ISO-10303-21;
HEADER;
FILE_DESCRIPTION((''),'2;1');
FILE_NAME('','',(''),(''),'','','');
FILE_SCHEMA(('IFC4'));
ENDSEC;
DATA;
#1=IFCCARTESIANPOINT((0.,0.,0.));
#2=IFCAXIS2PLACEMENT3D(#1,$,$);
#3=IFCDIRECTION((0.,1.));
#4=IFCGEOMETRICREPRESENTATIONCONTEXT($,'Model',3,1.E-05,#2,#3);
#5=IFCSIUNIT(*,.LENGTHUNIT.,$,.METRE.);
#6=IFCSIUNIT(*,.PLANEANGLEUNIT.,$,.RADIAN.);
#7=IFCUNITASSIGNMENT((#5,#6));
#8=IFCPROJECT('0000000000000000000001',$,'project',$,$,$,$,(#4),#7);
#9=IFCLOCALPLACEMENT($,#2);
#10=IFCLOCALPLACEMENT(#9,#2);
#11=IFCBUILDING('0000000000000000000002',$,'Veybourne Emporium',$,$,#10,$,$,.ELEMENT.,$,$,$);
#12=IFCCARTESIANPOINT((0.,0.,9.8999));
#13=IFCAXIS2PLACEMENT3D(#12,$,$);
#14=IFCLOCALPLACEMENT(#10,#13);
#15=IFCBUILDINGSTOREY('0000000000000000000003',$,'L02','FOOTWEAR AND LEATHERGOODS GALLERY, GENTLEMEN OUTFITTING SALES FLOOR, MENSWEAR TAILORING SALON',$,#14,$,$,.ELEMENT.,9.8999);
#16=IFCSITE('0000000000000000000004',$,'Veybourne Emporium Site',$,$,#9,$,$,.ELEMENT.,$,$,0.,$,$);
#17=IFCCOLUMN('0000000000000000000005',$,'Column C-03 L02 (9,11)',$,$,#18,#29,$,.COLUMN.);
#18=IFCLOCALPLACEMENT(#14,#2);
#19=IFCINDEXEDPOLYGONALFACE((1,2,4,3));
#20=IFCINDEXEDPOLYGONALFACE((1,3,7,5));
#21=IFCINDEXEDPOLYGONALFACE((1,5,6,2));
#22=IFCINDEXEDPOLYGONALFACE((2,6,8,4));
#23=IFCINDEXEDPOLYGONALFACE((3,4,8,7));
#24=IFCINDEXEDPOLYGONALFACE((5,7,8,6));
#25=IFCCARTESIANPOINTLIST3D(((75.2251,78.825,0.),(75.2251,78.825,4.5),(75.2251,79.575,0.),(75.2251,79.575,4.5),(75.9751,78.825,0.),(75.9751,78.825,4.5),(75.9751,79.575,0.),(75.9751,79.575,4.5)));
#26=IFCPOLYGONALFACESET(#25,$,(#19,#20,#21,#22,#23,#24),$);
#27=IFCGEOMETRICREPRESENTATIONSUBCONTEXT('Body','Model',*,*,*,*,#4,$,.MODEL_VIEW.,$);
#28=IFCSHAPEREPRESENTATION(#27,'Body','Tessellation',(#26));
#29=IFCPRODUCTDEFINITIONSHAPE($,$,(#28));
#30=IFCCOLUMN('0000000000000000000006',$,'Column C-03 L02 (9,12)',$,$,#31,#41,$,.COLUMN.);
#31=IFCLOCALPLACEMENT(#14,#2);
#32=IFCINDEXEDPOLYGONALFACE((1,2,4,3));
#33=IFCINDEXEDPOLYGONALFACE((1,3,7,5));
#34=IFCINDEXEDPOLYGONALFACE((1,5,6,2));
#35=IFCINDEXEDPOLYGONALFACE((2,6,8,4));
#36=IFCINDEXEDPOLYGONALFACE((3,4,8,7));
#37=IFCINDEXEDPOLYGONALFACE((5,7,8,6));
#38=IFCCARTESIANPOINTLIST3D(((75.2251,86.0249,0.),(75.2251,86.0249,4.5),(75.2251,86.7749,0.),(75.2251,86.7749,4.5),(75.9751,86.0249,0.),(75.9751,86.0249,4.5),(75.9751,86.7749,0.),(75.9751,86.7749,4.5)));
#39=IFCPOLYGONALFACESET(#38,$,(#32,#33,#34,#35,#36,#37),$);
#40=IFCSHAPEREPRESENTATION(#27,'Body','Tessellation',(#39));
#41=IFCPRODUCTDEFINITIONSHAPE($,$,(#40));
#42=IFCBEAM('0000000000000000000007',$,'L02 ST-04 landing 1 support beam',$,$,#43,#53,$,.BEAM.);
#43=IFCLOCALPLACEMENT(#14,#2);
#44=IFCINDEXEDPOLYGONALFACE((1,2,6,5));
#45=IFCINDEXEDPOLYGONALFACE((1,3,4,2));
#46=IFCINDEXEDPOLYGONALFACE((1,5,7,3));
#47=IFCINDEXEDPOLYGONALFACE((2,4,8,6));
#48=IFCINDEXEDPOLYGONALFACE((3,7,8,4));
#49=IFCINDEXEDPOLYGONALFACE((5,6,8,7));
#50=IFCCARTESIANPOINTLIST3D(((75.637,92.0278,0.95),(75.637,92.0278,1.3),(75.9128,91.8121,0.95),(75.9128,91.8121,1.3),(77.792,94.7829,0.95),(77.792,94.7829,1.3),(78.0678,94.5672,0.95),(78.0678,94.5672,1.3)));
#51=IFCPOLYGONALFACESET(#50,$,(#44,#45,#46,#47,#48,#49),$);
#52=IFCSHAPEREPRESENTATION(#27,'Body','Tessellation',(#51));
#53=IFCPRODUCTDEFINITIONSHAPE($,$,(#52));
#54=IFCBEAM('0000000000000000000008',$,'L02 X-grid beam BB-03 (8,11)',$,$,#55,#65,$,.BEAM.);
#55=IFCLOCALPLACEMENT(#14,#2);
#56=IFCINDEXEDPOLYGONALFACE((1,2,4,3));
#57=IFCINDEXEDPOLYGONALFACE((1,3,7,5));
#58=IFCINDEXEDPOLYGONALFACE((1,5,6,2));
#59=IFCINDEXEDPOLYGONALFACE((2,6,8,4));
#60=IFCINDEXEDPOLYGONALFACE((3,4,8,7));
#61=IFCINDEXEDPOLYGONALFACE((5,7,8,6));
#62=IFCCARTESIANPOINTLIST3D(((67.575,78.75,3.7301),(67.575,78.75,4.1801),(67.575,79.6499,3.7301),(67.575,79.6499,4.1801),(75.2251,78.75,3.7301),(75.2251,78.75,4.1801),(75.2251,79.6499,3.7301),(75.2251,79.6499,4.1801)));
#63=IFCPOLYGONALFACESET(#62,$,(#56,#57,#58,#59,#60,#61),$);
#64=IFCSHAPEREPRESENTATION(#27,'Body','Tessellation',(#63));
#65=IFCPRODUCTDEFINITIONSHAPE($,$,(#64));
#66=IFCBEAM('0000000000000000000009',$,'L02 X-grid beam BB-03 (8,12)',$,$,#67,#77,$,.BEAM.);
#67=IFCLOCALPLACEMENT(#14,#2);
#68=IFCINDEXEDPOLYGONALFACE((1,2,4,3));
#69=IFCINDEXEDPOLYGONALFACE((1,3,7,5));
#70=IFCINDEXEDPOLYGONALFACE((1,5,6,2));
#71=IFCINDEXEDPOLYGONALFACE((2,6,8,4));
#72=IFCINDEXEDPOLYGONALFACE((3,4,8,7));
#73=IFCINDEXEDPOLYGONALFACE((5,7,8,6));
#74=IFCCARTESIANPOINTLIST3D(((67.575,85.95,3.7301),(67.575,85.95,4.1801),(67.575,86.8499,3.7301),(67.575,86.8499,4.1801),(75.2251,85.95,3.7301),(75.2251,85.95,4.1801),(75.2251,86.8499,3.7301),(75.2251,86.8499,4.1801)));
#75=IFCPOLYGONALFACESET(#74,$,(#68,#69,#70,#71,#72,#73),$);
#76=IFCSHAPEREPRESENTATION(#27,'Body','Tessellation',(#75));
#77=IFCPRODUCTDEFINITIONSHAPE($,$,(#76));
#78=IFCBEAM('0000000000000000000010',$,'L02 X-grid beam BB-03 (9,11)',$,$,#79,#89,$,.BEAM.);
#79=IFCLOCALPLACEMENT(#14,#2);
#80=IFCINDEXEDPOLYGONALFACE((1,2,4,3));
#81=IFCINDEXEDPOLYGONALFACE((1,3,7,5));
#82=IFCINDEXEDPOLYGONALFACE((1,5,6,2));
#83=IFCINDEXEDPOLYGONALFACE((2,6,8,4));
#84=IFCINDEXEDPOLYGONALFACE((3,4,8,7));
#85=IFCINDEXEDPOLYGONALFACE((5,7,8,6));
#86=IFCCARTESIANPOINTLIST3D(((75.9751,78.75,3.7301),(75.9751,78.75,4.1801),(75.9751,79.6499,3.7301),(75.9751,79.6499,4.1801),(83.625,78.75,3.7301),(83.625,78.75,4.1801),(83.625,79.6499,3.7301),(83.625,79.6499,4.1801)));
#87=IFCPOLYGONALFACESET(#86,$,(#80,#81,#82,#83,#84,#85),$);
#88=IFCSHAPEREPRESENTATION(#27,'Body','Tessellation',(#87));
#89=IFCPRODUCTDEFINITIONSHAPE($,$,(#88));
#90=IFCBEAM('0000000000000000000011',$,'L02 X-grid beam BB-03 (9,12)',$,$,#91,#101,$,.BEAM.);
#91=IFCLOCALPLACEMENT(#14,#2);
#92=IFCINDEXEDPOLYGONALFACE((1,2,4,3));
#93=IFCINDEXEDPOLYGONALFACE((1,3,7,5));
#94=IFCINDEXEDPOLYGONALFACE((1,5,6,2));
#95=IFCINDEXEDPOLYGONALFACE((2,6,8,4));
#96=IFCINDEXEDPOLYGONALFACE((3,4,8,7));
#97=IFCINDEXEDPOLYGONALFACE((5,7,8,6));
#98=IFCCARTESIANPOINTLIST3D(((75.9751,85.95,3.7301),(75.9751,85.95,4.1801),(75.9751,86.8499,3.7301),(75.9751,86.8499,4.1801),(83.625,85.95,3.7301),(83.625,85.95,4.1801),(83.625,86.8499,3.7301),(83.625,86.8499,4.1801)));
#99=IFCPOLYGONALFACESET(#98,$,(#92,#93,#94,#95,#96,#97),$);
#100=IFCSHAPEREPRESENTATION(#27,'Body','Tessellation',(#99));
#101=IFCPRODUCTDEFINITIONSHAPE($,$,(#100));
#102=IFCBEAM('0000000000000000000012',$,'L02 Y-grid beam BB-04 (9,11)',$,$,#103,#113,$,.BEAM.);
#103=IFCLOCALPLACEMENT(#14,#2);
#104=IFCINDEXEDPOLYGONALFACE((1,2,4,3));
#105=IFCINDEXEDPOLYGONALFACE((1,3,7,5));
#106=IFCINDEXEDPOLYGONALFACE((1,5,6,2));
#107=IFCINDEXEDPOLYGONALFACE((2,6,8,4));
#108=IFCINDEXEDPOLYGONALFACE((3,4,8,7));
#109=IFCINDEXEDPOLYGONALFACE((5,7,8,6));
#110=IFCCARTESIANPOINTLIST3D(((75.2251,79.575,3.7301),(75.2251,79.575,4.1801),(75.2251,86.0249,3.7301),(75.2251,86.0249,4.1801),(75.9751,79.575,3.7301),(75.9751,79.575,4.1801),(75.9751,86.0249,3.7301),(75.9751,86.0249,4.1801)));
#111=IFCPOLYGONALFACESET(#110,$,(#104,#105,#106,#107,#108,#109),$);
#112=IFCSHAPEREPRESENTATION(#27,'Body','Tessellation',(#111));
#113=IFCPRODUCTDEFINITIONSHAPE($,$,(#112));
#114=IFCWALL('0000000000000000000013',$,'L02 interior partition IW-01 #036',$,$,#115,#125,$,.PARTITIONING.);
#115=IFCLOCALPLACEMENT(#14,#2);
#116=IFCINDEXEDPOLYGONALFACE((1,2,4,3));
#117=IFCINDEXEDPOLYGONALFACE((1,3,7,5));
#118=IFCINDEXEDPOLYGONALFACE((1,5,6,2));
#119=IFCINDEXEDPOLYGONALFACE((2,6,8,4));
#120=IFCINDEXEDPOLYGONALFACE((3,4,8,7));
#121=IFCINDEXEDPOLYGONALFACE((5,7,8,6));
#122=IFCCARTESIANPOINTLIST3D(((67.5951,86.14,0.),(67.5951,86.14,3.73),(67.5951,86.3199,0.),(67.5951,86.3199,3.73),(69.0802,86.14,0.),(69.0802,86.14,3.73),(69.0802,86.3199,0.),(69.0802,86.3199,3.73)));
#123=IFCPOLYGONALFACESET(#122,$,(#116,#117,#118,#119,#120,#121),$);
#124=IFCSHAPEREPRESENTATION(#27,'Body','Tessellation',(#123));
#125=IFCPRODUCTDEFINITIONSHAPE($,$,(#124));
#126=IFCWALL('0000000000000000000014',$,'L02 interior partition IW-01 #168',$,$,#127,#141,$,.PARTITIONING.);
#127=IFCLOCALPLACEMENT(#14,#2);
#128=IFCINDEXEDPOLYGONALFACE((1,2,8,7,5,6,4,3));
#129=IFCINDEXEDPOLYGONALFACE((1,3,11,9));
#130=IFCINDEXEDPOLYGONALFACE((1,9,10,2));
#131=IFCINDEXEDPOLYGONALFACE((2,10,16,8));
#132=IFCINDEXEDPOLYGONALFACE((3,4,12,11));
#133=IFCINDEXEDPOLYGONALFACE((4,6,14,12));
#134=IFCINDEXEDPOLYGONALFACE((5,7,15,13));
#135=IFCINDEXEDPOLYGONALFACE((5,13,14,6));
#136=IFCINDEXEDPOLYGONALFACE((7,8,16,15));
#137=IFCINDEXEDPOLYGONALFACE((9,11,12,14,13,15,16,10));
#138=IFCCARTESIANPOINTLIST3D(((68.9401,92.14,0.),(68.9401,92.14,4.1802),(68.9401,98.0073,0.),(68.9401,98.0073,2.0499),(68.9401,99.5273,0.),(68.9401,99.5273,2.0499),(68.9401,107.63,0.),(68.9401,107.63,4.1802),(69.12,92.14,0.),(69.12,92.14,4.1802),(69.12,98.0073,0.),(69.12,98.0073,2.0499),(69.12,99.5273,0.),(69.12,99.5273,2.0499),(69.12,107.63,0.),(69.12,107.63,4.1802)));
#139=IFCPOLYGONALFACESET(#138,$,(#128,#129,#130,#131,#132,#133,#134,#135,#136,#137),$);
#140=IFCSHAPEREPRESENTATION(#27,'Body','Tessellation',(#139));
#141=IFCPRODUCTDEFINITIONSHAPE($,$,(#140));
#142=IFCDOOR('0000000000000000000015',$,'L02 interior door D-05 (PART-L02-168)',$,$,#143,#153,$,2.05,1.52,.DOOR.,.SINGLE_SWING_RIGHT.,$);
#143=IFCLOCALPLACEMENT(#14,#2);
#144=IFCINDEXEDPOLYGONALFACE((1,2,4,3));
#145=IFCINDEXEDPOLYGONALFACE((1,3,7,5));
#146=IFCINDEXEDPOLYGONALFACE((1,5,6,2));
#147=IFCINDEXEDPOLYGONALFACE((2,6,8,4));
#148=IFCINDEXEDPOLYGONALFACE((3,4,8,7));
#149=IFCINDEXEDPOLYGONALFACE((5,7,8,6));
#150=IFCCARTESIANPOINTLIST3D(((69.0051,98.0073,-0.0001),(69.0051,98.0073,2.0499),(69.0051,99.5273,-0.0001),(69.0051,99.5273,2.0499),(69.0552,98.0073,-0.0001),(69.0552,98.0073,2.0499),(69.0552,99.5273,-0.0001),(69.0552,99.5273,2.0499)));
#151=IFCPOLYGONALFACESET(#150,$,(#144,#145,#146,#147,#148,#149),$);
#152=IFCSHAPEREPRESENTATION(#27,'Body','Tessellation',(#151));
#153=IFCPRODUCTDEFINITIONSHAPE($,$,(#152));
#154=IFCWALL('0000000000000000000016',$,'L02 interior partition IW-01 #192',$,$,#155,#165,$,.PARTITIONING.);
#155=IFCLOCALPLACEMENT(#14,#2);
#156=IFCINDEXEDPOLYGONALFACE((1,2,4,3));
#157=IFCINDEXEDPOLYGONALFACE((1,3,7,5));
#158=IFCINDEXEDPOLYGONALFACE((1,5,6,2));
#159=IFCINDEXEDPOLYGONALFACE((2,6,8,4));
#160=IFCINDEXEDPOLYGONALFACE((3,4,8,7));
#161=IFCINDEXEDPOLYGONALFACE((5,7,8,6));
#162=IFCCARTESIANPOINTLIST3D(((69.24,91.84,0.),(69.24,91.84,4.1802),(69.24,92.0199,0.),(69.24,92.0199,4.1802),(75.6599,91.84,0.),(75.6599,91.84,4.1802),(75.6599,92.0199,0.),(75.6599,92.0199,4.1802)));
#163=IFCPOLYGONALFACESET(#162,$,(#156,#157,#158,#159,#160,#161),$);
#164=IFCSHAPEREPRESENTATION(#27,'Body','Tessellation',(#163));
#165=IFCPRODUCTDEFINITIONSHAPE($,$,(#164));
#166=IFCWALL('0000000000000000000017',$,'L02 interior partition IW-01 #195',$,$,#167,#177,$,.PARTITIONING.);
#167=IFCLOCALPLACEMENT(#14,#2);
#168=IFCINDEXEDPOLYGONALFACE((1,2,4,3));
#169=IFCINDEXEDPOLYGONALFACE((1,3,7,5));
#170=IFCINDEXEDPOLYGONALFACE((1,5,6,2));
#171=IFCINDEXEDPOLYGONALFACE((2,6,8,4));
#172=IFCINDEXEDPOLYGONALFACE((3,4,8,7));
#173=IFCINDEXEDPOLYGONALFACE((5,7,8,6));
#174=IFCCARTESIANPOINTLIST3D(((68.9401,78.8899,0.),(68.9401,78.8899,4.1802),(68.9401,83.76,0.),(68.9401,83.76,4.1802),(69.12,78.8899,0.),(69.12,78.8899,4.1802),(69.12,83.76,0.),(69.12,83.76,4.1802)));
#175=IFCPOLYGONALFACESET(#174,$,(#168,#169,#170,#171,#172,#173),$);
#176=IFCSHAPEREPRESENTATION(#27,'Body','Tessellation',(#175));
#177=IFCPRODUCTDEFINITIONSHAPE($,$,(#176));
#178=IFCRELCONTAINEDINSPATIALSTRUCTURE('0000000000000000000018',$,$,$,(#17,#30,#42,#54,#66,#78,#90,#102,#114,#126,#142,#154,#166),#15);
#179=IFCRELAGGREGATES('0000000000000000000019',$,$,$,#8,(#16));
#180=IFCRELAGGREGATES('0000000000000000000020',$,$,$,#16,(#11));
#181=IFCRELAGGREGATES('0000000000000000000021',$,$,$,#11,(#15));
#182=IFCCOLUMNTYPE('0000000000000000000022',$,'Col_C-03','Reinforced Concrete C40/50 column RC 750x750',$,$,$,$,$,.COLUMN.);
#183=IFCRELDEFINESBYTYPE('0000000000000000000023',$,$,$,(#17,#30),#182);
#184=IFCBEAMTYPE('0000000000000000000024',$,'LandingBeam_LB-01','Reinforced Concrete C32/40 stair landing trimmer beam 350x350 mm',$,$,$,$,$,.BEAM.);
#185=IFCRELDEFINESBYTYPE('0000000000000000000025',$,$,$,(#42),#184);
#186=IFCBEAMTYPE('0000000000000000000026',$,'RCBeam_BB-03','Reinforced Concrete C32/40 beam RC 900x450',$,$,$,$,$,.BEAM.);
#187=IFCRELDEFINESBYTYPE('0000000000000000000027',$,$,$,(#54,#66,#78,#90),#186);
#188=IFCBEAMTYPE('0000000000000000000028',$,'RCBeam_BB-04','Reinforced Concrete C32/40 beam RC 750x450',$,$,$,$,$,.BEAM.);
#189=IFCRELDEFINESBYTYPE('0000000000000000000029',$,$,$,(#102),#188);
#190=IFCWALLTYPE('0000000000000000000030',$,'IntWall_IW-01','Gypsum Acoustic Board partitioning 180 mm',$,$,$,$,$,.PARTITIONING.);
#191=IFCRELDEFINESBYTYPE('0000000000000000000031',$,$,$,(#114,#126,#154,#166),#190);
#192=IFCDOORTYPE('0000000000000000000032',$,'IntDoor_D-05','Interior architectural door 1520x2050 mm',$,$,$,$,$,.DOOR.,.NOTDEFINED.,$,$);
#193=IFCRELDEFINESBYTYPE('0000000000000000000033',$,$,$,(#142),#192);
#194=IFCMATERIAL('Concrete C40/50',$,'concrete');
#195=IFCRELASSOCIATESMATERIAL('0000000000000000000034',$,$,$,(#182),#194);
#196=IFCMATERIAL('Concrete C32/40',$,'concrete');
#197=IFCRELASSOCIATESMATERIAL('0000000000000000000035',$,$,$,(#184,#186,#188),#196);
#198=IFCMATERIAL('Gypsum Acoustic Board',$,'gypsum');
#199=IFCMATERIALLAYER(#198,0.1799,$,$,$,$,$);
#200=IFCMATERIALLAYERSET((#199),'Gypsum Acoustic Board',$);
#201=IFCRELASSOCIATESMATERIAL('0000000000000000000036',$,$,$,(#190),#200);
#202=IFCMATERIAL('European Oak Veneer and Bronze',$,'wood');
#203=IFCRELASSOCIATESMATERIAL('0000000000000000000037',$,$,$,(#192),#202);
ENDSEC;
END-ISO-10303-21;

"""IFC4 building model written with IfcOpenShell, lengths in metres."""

from ifc_helpers import new_model, si_unit, direction, frame, frame_2d, origin, origin_2d, place, context, subcontext, project, spatial, rectangle, extrude, material, layer, layer_set, material_profile, profile_set, type_object, element, fill, save


model = new_model("IFC4")

# Units and contexts
model_context = context("Model", 3, precision=1e-05, world=origin(), true_north=direction((0.0, 1.0)))
body_context = subcontext(model_context, "Body", "Model", "MODEL_VIEW")
ifc_project = project(units=[si_unit("LENGTHUNIT", "METRE"), si_unit("PLANEANGLEUNIT", "RADIAN")], contexts=[model_context])

# Site, building, storey
site_placement = place(None, origin())
site = spatial("IfcSite", under=ifc_project, at=site_placement, Name="Veybourne Emporium Site", CompositionType="ELEMENT", RefElevation=0.0)
building_placement = place(site_placement, origin())
building = spatial("IfcBuilding", under=site, at=building_placement, Name="Veybourne Emporium", CompositionType="ELEMENT")
storey_placement = place(building_placement, frame((0.0, 0.0, 9.8999)))
storey = spatial("IfcBuildingStorey", under=building, at=storey_placement, Name="L02", Description="FOOTWEAR AND LEATHERGOODS GALLERY, GENTLEMEN OUTFITTING SALES FLOOR, MENSWEAR TAILORING SALON", CompositionType="ELEMENT", Elevation=9.8999)

# Columns
ifc_material_1 = material(Name="Concrete C40/50", Category="concrete")
ifc_material_profile_1 = material_profile(ifc_material_1, rectangle(XDim=0.75, YDim=0.75, at=origin_2d()), Name="RC 750x750")
ifc_profile_set_1 = profile_set([ifc_material_profile_1], Name="Concrete C40/50")
column_type = type_object("IfcColumnType", Name="Col_C-03", Description="Reinforced Concrete C40/50 column RC 750x750", PredefinedType="COLUMN", material=ifc_profile_set_1)
for number, where, z_axis, x_axis, name in (
    (1, (75.6001, 79.2, 0.0), (0.0, 0.0, 1.0), (1.0, 0.0, 0.0), "Column C-03 L02 (9,11)"),
    (2, (75.6001, 86.3999, 0.0), (0.0, 0.0, 1.0), (1.0, 0.0, 0.0), "Column C-03 L02 (9,12)"),
):
    element("IfcColumn", number, at=place(storey_placement, frame(where, z_axis=z_axis, x_axis=x_axis)), inside=storey, type_object=column_type, Name=name, PredefinedType="COLUMN", context=body_context, shape_type="SweptSolid", body=[
        extrude(rectangle(XDim=0.75, YDim=0.75, at=origin_2d()), origin(), (0.0, 0.0, 1.0), 4.5),
    ])

# Beams
ifc_material_2 = material(Name="Concrete C32/40", Category="concrete")
ifc_material_profile_2 = material_profile(ifc_material_2, rectangle(XDim=0.3501, YDim=0.3501, at=origin_2d()), Name="RC 350x350")
ifc_profile_set_2 = profile_set([ifc_material_profile_2], Name="Concrete C32/40")
beam_type_1 = type_object("IfcBeamType", Name="LandingBeam_LB-01", Description="Reinforced Concrete C32/40 stair landing trimmer beam 350x350 mm", PredefinedType="BEAM", material=ifc_profile_set_2)
beam_1_placement = place(storey_placement, frame((75.7749, 91.9199, 1.125), z_axis=(0.616103, 0.787666, 0.0), x_axis=(-0.787666, 0.616103, 0.0)))
element("IfcBeam", 3, at=beam_1_placement, inside=storey, type_object=beam_type_1, Name="L02 ST-04 landing 1 support beam", PredefinedType="BEAM", context=body_context, shape_type="SweptSolid", body=[
    extrude(rectangle(XDim=0.3501, YDim=0.3501, at=origin_2d()), origin(), (0.0, 0.0, 1.0), 3.4978),
])
ifc_material_profile_3 = material_profile(ifc_material_2, rectangle(XDim=0.8999, YDim=0.45, at=origin_2d()), Name="RC 900x450")
ifc_profile_set_3 = profile_set([ifc_material_profile_3], Name="Concrete C32/40")
beam_type_2 = type_object("IfcBeamType", Name="RCBeam_BB-03", Description="Reinforced Concrete C32/40 beam RC 900x450", PredefinedType="BEAM", material=ifc_profile_set_3)
for number, where, z_axis, x_axis, name in (
    (4, (67.575, 79.2, 3.9551), (1.0, 0.0, 0.0), (0.0, 1.0, 0.0), "L02 X-grid beam BB-03 (8,11)"),
    (5, (67.575, 86.3999, 3.9551), (1.0, 0.0, 0.0), (0.0, 1.0, 0.0), "L02 X-grid beam BB-03 (8,12)"),
):
    element("IfcBeam", number, at=place(storey_placement, frame(where, z_axis=z_axis, x_axis=x_axis)), inside=storey, type_object=beam_type_2, Name=name, PredefinedType="BEAM", context=body_context, shape_type="SweptSolid", body=[
        extrude(rectangle(XDim=0.8999, YDim=0.45, at=origin_2d()), origin(), (0.0, 0.0, 1.0), 7.6501),
    ])
for number, where, z_axis, x_axis, name in (
    (6, (75.9751, 79.2, 3.9551), (1.0, 0.0, 0.0), (0.0, 1.0, 0.0), "L02 X-grid beam BB-03 (9,11)"),
    (7, (75.9751, 86.3999, 3.9551), (1.0, 0.0, 0.0), (0.0, 1.0, 0.0), "L02 X-grid beam BB-03 (9,12)"),
):
    element("IfcBeam", number, at=place(storey_placement, frame(where, z_axis=z_axis, x_axis=x_axis)), inside=storey, type_object=beam_type_2, Name=name, PredefinedType="BEAM", context=body_context, shape_type="SweptSolid", body=[
        extrude(rectangle(XDim=0.8999, YDim=0.45, at=origin_2d()), origin(), (0.0, 0.0, 1.0), 7.6499),
    ])
ifc_material_profile_4 = material_profile(ifc_material_2, rectangle(XDim=0.75, YDim=0.45, at=origin_2d()), Name="RC 750x450")
ifc_profile_set_4 = profile_set([ifc_material_profile_4], Name="Concrete C32/40")
beam_type_3 = type_object("IfcBeamType", Name="RCBeam_BB-04", Description="Reinforced Concrete C32/40 beam RC 750x450", PredefinedType="BEAM", material=ifc_profile_set_4)
beam_2_placement = place(storey_placement, frame((75.6001, 79.575, 3.9551), z_axis=(0.0, 1.0, 0.0), x_axis=(-1.0, 0.0, 0.0)))
element("IfcBeam", 8, at=beam_2_placement, inside=storey, type_object=beam_type_3, Name="L02 Y-grid beam BB-04 (9,11)", PredefinedType="BEAM", context=body_context, shape_type="SweptSolid", body=[
    extrude(rectangle(XDim=0.75, YDim=0.45, at=origin_2d()), origin(), (0.0, 0.0, 1.0), 6.45),
])

# Wall
ifc_material_3 = material(Name="Gypsum Acoustic Board", Category="gypsum")
ifc_layer_1 = layer(ifc_material_3, 0.1799)
ifc_layer_set_1 = layer_set([ifc_layer_1], Name="Gypsum Acoustic Board")
wall_type_1 = type_object("IfcWallType", Name="IntWall_IW-01", Description="Gypsum Acoustic Board partitioning 180 mm", PredefinedType="PARTITIONING", material=ifc_layer_set_1)
wall_1_placement = place(storey_placement, frame((67.595, 86.23, 0.0), z_axis=(0.0, 0.0, 1.0), x_axis=(1.0, 0.0, 0.0)))
element("IfcWall", 9, at=wall_1_placement, inside=storey, type_object=wall_type_1, Name="L02 interior partition IW-01 #036", PredefinedType="PARTITIONING", context=body_context, shape_type="SweptSolid", body=[
    extrude(rectangle(XDim=1.4851, YDim=0.1799, at=frame_2d((0.7427, 0.0))), origin(), (0.0, 0.0, 1.0), 3.73),
])

# Wall, opening, door
wall_2_placement = place(storey_placement, frame((69.03, 92.1399, 0.0), z_axis=(0.0, 0.0, 1.0), x_axis=(0.0, 1.0, 0.0)))
wall_2 = element("IfcWall", 10, at=wall_2_placement, inside=storey, type_object=wall_type_1, Name="L02 interior partition IW-01 #168", PredefinedType="PARTITIONING", context=body_context, shape_type="SweptSolid", body=[
    extrude(rectangle(XDim=15.49, YDim=0.1799, at=frame_2d((7.7451, 0.0))), origin(), (0.0, 0.0, 1.0), 4.1802),
])
opening_1_placement = place(wall_2_placement, frame((5.8674, 0.0, 0.0)))
opening_1 = element("IfcOpeningElement", 11, at=opening_1_placement, cuts=wall_2, PredefinedType="OPENING", context=body_context, shape_type="SweptSolid", body=[
    extrude(rectangle(XDim=1.52, YDim=2.05, at=frame_2d((0.76, 1.0249))), frame((0.0, 0.1099, 0.0), z_axis=(0.0, -1.0, 0.0), x_axis=(1.0, 0.0, 0.0)), (0.0, 0.0, 1.0), 0.22),
])
ifc_material_4 = material(Name="European Oak Veneer and Bronze", Category="wood")
door_type_1 = type_object("IfcDoorType", Name="IntDoor_D-05", Description="Interior architectural door 1520x2050 mm", OperationType="NOTDEFINED", PredefinedType="DOOR", material=ifc_material_4)
door_1_placement = place(opening_1_placement, origin())
door_1 = element("IfcDoor", 12, at=door_1_placement, inside=storey, type_object=door_type_1, Name="L02 interior door D-05 (PART-L02-168)", OperationType="SINGLE_SWING_RIGHT", OverallHeight=2.05, OverallWidth=1.52, PredefinedType="DOOR", context=body_context, shape_type="SweptSolid", body=[
    extrude(rectangle(XDim=1.52, YDim=2.05, at=frame_2d((0.76, 1.0249))), frame((0.0, 0.0249, 0.0), z_axis=(0.0, -1.0, 0.0), x_axis=(1.0, 0.0, 0.0)), (0.0, 0.0, 1.0), 0.05),
])
fill(opening_1, door_1)

# Walls
wall_3_placement = place(storey_placement, frame((69.24, 91.9299, 0.0), z_axis=(0.0, 0.0, 1.0), x_axis=(1.0, 0.0, 0.0)))
element("IfcWall", 13, at=wall_3_placement, inside=storey, type_object=wall_type_1, Name="L02 interior partition IW-01 #192", PredefinedType="PARTITIONING", context=body_context, shape_type="SweptSolid", body=[
    extrude(rectangle(XDim=6.4199, YDim=0.1799, at=frame_2d((3.21, 0.0))), origin(), (0.0, 0.0, 1.0), 4.1802),
])
wall_4_placement = place(storey_placement, frame((69.03, 78.8899, 0.0), z_axis=(0.0, 0.0, 1.0), x_axis=(0.0, 1.0, 0.0)))
element("IfcWall", 14, at=wall_4_placement, inside=storey, type_object=wall_type_1, Name="L02 interior partition IW-01 #195", PredefinedType="PARTITIONING", context=body_context, shape_type="SweptSolid", body=[
    extrude(rectangle(XDim=4.8701, YDim=0.1799, at=frame_2d((2.4351, 0.0))), origin(), (0.0, 0.0, 1.0), 4.1802),
])

save(model, "model.ifc")
